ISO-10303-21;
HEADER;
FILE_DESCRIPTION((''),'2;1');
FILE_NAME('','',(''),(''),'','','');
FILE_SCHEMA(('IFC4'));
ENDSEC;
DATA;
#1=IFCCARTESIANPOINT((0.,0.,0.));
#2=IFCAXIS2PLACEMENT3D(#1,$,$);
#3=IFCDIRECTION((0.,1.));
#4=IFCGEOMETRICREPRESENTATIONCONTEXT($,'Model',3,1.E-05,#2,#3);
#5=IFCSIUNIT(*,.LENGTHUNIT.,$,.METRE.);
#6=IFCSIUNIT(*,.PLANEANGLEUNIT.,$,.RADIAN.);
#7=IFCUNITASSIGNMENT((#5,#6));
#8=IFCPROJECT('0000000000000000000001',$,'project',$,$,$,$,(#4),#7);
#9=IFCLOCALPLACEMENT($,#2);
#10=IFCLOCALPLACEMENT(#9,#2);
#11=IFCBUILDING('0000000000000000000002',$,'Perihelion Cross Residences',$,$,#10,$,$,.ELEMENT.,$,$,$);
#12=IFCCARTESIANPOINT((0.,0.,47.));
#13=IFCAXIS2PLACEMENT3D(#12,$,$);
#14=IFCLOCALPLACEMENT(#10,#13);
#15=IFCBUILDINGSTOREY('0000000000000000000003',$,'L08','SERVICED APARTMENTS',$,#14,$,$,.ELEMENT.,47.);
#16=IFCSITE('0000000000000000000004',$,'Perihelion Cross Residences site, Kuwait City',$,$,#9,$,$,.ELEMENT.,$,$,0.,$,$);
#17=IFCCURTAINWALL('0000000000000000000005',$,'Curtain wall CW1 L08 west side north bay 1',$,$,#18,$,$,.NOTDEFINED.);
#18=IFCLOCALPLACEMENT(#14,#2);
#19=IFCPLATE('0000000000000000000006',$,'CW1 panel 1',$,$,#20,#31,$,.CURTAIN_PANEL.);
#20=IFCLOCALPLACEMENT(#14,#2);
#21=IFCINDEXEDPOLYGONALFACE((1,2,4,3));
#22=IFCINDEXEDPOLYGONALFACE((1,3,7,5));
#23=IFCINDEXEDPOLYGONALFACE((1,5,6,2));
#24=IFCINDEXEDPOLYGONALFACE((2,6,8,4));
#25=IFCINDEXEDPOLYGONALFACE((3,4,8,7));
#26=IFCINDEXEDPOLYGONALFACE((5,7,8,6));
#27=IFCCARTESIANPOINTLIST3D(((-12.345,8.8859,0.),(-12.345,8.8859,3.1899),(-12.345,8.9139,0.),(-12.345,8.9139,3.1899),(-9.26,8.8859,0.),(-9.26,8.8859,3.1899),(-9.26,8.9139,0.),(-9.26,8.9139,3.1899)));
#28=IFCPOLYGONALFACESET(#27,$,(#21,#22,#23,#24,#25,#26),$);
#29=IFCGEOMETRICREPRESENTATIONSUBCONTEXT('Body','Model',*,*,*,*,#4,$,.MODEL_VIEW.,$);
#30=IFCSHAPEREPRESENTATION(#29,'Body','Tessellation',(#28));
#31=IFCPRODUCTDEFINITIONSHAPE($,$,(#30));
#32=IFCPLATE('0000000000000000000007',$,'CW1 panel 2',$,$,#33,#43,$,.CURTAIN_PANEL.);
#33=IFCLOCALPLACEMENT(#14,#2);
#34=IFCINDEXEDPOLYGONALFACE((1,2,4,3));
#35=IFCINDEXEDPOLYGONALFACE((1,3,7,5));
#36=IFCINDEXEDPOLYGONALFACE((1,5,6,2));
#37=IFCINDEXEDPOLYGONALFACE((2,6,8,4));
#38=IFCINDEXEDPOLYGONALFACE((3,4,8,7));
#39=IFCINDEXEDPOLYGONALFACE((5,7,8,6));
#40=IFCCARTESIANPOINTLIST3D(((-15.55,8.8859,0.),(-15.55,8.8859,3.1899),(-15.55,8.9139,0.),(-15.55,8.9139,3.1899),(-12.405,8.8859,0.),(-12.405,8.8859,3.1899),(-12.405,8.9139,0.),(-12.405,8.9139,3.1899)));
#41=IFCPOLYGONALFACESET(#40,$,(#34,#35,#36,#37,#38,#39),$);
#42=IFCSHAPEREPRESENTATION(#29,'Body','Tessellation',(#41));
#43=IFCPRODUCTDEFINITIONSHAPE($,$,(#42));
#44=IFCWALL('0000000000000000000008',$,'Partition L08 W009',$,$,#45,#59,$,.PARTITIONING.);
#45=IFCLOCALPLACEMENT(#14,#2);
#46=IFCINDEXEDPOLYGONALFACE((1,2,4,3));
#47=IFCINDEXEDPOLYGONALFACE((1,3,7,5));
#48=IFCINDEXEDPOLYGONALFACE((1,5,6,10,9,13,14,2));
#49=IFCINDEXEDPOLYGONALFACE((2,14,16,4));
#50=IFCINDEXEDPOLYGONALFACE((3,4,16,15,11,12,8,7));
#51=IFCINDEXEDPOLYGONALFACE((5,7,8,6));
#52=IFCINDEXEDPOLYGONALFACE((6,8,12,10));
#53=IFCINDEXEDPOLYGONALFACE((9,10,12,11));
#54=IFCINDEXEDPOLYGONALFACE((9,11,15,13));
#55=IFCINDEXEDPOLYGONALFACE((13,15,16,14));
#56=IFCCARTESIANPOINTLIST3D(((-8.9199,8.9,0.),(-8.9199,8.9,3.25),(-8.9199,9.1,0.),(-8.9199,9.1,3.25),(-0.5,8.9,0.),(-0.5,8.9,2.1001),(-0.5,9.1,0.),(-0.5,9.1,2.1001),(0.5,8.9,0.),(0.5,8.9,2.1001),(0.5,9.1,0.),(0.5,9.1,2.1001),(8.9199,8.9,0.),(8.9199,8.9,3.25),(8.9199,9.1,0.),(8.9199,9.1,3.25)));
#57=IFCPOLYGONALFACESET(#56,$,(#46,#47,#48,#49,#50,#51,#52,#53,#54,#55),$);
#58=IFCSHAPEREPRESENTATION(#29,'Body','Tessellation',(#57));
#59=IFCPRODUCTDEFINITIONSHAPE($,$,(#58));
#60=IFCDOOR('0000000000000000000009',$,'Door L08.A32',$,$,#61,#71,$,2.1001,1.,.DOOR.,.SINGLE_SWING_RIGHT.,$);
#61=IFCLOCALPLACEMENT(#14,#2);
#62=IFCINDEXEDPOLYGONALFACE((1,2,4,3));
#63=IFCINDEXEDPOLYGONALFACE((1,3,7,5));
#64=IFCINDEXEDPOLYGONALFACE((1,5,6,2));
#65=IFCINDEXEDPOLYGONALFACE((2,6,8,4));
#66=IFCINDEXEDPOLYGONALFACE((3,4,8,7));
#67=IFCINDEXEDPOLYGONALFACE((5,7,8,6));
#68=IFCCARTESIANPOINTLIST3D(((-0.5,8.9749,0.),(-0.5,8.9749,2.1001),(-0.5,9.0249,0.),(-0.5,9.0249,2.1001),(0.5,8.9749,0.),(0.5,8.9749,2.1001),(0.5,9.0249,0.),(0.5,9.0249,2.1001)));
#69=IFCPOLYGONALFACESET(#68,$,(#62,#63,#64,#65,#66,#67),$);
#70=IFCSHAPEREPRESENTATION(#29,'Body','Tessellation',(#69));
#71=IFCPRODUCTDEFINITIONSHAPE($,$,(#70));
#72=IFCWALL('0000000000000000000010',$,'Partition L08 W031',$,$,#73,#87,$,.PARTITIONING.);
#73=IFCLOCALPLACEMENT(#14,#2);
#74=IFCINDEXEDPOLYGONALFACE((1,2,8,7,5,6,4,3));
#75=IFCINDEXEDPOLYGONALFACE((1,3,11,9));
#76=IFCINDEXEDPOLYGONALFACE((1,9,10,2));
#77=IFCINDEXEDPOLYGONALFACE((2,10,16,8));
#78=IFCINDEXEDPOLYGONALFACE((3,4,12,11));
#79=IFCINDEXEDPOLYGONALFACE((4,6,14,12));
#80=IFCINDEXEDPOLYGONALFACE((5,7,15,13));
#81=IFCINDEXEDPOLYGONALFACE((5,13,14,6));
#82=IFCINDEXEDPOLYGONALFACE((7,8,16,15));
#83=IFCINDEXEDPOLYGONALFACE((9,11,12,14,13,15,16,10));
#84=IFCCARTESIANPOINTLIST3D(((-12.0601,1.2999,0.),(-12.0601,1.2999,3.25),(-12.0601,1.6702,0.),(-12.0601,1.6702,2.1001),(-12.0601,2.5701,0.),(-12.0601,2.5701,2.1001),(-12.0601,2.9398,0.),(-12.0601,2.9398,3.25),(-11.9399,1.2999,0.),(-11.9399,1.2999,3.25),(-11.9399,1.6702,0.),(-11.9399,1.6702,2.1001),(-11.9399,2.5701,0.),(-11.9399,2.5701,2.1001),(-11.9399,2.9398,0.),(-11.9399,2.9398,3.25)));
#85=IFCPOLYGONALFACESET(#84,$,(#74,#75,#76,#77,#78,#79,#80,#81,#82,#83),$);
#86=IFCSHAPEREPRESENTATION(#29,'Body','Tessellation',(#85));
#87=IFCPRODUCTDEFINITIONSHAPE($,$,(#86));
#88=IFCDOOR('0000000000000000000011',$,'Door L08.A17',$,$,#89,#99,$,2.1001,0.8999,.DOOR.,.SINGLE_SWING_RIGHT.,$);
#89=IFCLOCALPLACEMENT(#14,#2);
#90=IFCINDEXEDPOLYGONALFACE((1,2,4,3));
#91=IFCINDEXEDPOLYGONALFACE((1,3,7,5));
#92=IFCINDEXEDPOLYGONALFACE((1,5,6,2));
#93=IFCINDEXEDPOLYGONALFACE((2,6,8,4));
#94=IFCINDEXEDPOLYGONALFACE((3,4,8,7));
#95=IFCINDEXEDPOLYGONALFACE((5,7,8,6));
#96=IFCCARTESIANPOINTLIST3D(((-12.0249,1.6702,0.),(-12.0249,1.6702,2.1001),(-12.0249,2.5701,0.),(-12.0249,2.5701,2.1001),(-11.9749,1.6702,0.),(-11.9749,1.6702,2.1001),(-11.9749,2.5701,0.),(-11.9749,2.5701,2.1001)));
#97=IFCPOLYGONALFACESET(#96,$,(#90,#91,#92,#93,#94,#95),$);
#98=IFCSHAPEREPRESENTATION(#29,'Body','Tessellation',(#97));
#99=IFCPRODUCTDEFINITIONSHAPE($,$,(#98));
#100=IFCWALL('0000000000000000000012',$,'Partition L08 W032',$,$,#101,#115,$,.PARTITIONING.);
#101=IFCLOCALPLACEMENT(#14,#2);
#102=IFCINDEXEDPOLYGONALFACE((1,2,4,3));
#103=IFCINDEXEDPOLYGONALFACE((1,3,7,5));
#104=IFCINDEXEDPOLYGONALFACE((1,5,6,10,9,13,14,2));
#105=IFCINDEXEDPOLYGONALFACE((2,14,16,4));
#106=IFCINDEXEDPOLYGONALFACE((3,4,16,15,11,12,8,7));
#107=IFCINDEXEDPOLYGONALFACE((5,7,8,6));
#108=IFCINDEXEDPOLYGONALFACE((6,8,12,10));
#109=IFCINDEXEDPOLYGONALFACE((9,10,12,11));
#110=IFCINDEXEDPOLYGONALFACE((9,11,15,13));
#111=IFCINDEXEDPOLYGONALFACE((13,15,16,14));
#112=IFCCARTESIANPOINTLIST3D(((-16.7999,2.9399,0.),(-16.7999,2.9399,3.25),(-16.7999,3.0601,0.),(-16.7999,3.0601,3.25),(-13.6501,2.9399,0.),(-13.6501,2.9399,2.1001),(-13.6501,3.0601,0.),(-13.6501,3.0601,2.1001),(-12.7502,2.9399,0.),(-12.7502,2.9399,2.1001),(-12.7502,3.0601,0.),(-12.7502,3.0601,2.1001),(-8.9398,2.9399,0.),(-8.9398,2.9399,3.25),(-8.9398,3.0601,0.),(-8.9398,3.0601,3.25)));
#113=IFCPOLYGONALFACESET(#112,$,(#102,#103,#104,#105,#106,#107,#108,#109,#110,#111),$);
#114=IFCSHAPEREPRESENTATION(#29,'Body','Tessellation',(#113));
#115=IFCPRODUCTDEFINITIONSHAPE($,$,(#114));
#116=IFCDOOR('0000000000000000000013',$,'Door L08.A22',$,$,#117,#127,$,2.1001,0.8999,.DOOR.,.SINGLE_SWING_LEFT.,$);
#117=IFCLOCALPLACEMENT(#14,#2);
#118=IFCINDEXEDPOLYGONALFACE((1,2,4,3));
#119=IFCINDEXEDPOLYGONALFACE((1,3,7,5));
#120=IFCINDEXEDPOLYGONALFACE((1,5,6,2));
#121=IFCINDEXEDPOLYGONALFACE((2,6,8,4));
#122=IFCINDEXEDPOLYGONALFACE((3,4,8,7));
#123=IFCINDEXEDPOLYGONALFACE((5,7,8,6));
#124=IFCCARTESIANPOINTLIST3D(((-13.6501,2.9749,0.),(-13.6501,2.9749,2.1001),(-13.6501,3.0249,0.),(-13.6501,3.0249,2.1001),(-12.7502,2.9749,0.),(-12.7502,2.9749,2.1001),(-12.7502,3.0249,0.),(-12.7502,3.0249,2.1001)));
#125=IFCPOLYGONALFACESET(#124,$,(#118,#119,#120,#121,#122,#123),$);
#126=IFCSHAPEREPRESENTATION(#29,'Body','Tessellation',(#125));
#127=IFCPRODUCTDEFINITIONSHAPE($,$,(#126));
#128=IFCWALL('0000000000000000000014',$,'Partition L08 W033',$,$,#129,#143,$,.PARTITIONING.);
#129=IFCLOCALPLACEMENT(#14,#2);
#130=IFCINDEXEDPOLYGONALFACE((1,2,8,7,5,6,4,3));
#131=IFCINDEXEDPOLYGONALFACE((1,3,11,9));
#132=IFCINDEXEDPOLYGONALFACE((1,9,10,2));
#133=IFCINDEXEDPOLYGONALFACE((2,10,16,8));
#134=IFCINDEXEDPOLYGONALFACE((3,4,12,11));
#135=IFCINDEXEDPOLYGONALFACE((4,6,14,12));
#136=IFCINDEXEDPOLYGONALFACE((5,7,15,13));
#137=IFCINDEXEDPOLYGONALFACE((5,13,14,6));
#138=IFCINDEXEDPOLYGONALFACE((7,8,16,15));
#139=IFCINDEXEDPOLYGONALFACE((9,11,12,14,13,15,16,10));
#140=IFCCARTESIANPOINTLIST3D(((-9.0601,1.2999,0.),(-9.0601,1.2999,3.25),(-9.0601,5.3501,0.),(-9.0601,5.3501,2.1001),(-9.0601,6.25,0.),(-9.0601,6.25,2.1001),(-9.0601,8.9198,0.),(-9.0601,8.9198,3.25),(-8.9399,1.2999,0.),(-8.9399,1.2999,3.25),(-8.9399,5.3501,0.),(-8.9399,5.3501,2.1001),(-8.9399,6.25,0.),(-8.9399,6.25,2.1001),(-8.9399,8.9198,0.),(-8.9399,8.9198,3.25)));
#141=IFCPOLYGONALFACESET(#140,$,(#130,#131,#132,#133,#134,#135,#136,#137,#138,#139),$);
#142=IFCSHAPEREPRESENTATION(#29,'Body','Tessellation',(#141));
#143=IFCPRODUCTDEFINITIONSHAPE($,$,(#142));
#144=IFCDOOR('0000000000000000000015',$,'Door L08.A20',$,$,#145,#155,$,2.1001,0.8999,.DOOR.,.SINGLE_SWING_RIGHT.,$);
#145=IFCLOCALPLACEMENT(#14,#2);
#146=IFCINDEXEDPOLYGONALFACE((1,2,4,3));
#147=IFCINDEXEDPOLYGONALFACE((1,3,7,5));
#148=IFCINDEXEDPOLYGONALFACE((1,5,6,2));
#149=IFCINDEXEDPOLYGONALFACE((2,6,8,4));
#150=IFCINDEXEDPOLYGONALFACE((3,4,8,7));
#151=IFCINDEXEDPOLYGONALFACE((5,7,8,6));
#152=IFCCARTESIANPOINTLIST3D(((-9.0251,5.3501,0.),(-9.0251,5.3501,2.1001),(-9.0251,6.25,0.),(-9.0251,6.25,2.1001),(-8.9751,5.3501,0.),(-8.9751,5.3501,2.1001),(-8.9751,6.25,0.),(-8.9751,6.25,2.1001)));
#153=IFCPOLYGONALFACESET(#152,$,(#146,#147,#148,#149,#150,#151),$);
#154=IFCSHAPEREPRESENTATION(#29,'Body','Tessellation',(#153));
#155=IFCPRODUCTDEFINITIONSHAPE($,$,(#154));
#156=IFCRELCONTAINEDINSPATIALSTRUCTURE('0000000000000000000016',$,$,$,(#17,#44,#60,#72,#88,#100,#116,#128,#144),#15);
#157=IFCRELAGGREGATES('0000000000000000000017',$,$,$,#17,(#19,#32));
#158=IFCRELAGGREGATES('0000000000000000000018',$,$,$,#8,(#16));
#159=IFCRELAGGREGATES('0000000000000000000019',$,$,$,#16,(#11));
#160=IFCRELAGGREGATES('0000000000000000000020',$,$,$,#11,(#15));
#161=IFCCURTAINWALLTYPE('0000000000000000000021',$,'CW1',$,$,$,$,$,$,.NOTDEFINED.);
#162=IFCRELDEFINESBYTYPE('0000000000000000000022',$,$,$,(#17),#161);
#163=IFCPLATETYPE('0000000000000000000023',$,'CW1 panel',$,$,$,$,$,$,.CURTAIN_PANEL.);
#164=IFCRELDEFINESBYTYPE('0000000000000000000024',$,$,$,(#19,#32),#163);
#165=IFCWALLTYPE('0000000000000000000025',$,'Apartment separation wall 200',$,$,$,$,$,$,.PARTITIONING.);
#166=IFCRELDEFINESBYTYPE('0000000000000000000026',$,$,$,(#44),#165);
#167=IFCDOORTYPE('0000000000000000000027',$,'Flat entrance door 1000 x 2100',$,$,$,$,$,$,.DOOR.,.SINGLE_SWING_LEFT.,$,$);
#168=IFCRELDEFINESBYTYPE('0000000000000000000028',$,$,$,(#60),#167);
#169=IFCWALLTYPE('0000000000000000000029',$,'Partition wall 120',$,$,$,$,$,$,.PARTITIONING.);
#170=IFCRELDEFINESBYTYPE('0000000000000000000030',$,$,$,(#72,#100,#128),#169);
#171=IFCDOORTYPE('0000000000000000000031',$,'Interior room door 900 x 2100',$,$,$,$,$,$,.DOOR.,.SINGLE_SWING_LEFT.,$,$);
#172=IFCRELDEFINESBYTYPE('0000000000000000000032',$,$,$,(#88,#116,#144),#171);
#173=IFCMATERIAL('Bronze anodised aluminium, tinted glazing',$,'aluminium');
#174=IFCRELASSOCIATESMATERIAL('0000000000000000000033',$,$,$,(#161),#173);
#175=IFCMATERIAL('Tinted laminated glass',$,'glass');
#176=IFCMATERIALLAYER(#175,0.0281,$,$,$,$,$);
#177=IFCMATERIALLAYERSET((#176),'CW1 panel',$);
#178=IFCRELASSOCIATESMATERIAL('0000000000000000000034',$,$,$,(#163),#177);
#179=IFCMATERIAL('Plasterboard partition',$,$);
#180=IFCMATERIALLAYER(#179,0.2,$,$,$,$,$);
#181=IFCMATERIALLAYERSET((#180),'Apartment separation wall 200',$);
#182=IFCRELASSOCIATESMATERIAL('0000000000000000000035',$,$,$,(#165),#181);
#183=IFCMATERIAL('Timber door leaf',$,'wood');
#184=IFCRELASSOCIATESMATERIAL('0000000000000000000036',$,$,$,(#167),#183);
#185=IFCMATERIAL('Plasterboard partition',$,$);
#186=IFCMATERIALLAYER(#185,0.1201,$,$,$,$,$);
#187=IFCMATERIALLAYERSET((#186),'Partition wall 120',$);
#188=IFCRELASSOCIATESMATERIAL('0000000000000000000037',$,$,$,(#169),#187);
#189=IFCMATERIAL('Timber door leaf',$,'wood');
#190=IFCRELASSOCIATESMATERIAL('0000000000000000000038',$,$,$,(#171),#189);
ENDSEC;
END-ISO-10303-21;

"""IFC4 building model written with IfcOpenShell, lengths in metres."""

from ifc_helpers import new_model, si_unit, direction, frame, frame_2d, origin, origin_2d, place, context, subcontext, project, spatial, rectangle, extrude, material, layer, layer_set, type_object, element, fill, aggregate, save


model = new_model("IFC4")

# Units and contexts
model_context = context("Model", 3, precision=1e-05, world=origin(), true_north=direction((0.0, 1.0)))
body_context = subcontext(model_context, "Body", "Model", "MODEL_VIEW")
ifc_project = project(units=[si_unit("LENGTHUNIT", "METRE"), si_unit("PLANEANGLEUNIT", "RADIAN")], contexts=[model_context])

# Site, building, storey
site_placement = place(None, origin())
site = spatial("IfcSite", under=ifc_project, at=site_placement, Name="Perihelion Cross Residences site, Kuwait City", CompositionType="ELEMENT", RefElevation=0.0)
building_placement = place(site_placement, origin())
building = spatial("IfcBuilding", under=site, at=building_placement, Name="Perihelion Cross Residences", CompositionType="ELEMENT")
storey_placement = place(building_placement, frame((0.0, 0.0, 47.0)))
storey = spatial("IfcBuildingStorey", under=building, at=storey_placement, Name="L08", Description="SERVICED APARTMENTS", CompositionType="ELEMENT", Elevation=47.0)

# Shared definitions
ifc_material_1 = material(Name="Bronze anodised aluminium, tinted glazing", Category="aluminium")
curtain_wall_type = type_object("IfcCurtainWallType", Name="CW1", PredefinedType="NOTDEFINED", material=ifc_material_1)

# Curtain wall
curtain_wall_1_placement = place(storey_placement, origin())
curtain_wall_1 = element("IfcCurtainWall", 1, at=curtain_wall_1_placement, inside=storey, type_object=curtain_wall_type, Name="Curtain wall CW1 L08 west side north bay 1", PredefinedType="NOTDEFINED")

# Plates
ifc_material_2 = material(Name="Tinted laminated glass", Category="glass")
ifc_layer_1 = layer(ifc_material_2, 0.0281)
ifc_layer_set_1 = layer_set([ifc_layer_1], Name="CW1 panel")
plate_type = type_object("IfcPlateType", Name="CW1 panel", PredefinedType="CURTAIN_PANEL", material=ifc_layer_set_1)
plate_1_placement = place(storey_placement, frame((-10.8025, 8.8999, 0.0), z_axis=(0.0, 0.0, 1.0), x_axis=(-1.0, 0.0, 0.0)))
plate_1 = element("IfcPlate", 2, at=plate_1_placement, type_object=plate_type, Name="CW1 panel 1", PredefinedType="CURTAIN_PANEL", context=body_context, shape_type="SweptSolid", body=[
    extrude(rectangle(XDim=3.085, YDim=0.0281, at=origin_2d()), origin(), (0.0, 0.0, 1.0), 3.1899),
])
plate_2_placement = place(storey_placement, frame((-13.9775, 8.8999, 0.0), z_axis=(0.0, 0.0, 1.0), x_axis=(-1.0, 0.0, 0.0)))
plate_2 = element("IfcPlate", 3, at=plate_2_placement, type_object=plate_type, Name="CW1 panel 2", PredefinedType="CURTAIN_PANEL", context=body_context, shape_type="SweptSolid", body=[
    extrude(rectangle(XDim=3.145, YDim=0.0281, at=origin_2d()), origin(), (0.0, 0.0, 1.0), 3.1899),
])
aggregate(curtain_wall_1, [plate_1, plate_2])

# Walls, openings, doors
ifc_material_3 = material(Name="Plasterboard partition")
ifc_layer_2 = layer(ifc_material_3, 0.2)
ifc_layer_set_2 = layer_set([ifc_layer_2], Name="Apartment separation wall 200")
wall_type_1 = type_object("IfcWallType", Name="Apartment separation wall 200", PredefinedType="PARTITIONING", material=ifc_layer_set_2)
wall_1_placement = place(storey_placement, frame((-8.9199, 9.0, 0.0), z_axis=(0.0, 0.0, 1.0), x_axis=(1.0, 0.0, 0.0)))
wall_1 = element("IfcWall", 4, at=wall_1_placement, inside=storey, type_object=wall_type_1, Name="Partition L08 W009", PredefinedType="PARTITIONING", context=body_context, shape_type="SweptSolid", body=[
    extrude(rectangle(XDim=17.8398, YDim=0.2, at=frame_2d((8.9199, 0.0))), origin(), (0.0, 0.0, 1.0), 3.25),
])
opening_1_placement = place(wall_1_placement, frame((8.4199, 0.0, 0.0)))
opening_1 = element("IfcOpeningElement", 5, at=opening_1_placement, cuts=wall_1, PredefinedType="OPENING", context=body_context, shape_type="SweptSolid", body=[
    extrude(rectangle(XDim=1.0, YDim=2.1001, at=frame_2d((0.5, 1.05))), frame((0.0, 0.1099, 0.0), z_axis=(0.0, -1.0, 0.0), x_axis=(1.0, 0.0, 0.0)), (0.0, 0.0, 1.0), 0.22),
])
ifc_material_4 = material(Name="Timber door leaf", Category="wood")
door_type_1 = type_object("IfcDoorType", Name="Flat entrance door 1000 x 2100", OperationType="SINGLE_SWING_LEFT", PredefinedType="DOOR", material=ifc_material_4)
door_1_placement = place(opening_1_placement, origin())
door_1 = element("IfcDoor", 6, at=door_1_placement, inside=storey, type_object=door_type_1, Name="Door L08.A32", OperationType="SINGLE_SWING_RIGHT", OverallHeight=2.1001, OverallWidth=1.0, PredefinedType="DOOR", context=body_context, shape_type="SweptSolid", body=[
    extrude(rectangle(XDim=1.0, YDim=2.1001, at=frame_2d((0.5, 1.05))), frame((0.0, 0.0249, 0.0), z_axis=(0.0, -1.0, 0.0), x_axis=(1.0, 0.0, 0.0)), (0.0, 0.0, 1.0), 0.05),
])
fill(opening_1, door_1)
ifc_material_5 = material(Name="Plasterboard partition")
ifc_layer_3 = layer(ifc_material_5, 0.1201)
ifc_layer_set_3 = layer_set([ifc_layer_3], Name="Partition wall 120")
wall_type_2 = type_object("IfcWallType", Name="Partition wall 120", PredefinedType="PARTITIONING", material=ifc_layer_set_3)
wall_2_placement = place(storey_placement, frame((-12.0, 1.3, 0.0), z_axis=(0.0, 0.0, 1.0), x_axis=(0.0, 1.0, 0.0)))
wall_2 = element("IfcWall", 7, at=wall_2_placement, inside=storey, type_object=wall_type_2, Name="Partition L08 W031", PredefinedType="PARTITIONING", context=body_context, shape_type="SweptSolid", body=[
    extrude(rectangle(XDim=1.6399, YDim=0.1201, at=frame_2d((0.8198, 0.0))), origin(), (0.0, 0.0, 1.0), 3.25),
])
opening_2_placement = place(wall_2_placement, frame((0.3701, 0.0, 0.0)))
opening_2 = element("IfcOpeningElement", 8, at=opening_2_placement, cuts=wall_2, PredefinedType="OPENING", context=body_context, shape_type="SweptSolid", body=[
    extrude(rectangle(XDim=0.8999, YDim=2.1001, at=frame_2d((0.45, 1.05))), frame((0.0, 0.0701, 0.0), z_axis=(0.0, -1.0, 0.0), x_axis=(1.0, 0.0, 0.0)), (0.0, 0.0, 1.0), 0.1401),
])
ifc_material_6 = material(Name="Timber door leaf", Category="wood")
door_type_2 = type_object("IfcDoorType", Name="Interior room door 900 x 2100", OperationType="SINGLE_SWING_LEFT", PredefinedType="DOOR", material=ifc_material_6)
door_2_placement = place(opening_2_placement, origin())
door_2 = element("IfcDoor", 9, at=door_2_placement, inside=storey, type_object=door_type_2, Name="Door L08.A17", OperationType="SINGLE_SWING_RIGHT", OverallHeight=2.1001, OverallWidth=0.8999, PredefinedType="DOOR", context=body_context, shape_type="SweptSolid", body=[
    extrude(rectangle(XDim=0.8999, YDim=2.1001, at=frame_2d((0.45, 1.05))), frame((0.0, 0.0249, 0.0), z_axis=(0.0, -1.0, 0.0), x_axis=(1.0, 0.0, 0.0)), (0.0, 0.0, 1.0), 0.05),
])
fill(opening_2, door_2)
wall_3_placement = place(storey_placement, frame((-16.8, 3.0, 0.0), z_axis=(0.0, 0.0, 1.0), x_axis=(1.0, 0.0, 0.0)))
wall_3 = element("IfcWall", 10, at=wall_3_placement, inside=storey, type_object=wall_type_2, Name="Partition L08 W032", PredefinedType="PARTITIONING", context=body_context, shape_type="SweptSolid", body=[
    extrude(rectangle(XDim=7.8601, YDim=0.1201, at=frame_2d((3.9302, 0.0))), origin(), (0.0, 0.0, 1.0), 3.25),
])
opening_3_placement = place(wall_3_placement, frame((3.1499, 0.0, 0.0)))
opening_3 = element("IfcOpeningElement", 11, at=opening_3_placement, cuts=wall_3, PredefinedType="OPENING", context=body_context, shape_type="SweptSolid", body=[
    extrude(rectangle(XDim=0.8999, YDim=2.1001, at=frame_2d((0.45, 1.05))), frame((0.0, 0.0701, 0.0), z_axis=(0.0, -1.0, 0.0), x_axis=(1.0, 0.0, 0.0)), (0.0, 0.0, 1.0), 0.1401),
])
door_3_placement = place(opening_3_placement, origin())
door_3 = element("IfcDoor", 12, at=door_3_placement, inside=storey, type_object=door_type_2, Name="Door L08.A22", OperationType="SINGLE_SWING_LEFT", OverallHeight=2.1001, OverallWidth=0.8999, PredefinedType="DOOR", context=body_context, shape_type="SweptSolid", body=[
    extrude(rectangle(XDim=0.8999, YDim=2.1001, at=frame_2d((0.45, 1.05))), frame((0.0, 0.0249, 0.0), z_axis=(0.0, -1.0, 0.0), x_axis=(1.0, 0.0, 0.0)), (0.0, 0.0, 1.0), 0.05),
])
fill(opening_3, door_3)
wall_4_placement = place(storey_placement, frame((-9.0, 8.9199, 0.0), z_axis=(0.0, 0.0, 1.0), x_axis=(0.0, -1.0, 0.0)))
wall_4 = element("IfcWall", 13, at=wall_4_placement, inside=storey, type_object=wall_type_2, Name="Partition L08 W033", PredefinedType="PARTITIONING", context=body_context, shape_type="SweptSolid", body=[
    extrude(rectangle(XDim=7.6199, YDim=0.1201, at=frame_2d((3.8101, 0.0))), origin(), (0.0, 0.0, 1.0), 3.25),
])
opening_4_placement = place(wall_4_placement, frame((2.6699, 0.0, 0.0)))
opening_4 = element("IfcOpeningElement", 14, at=opening_4_placement, cuts=wall_4, PredefinedType="OPENING", context=body_context, shape_type="SweptSolid", body=[
    extrude(rectangle(XDim=0.8999, YDim=2.1001, at=frame_2d((0.45, 1.05))), frame((0.0, 0.0701, 0.0), z_axis=(0.0, -1.0, 0.0), x_axis=(1.0, 0.0, 0.0)), (0.0, 0.0, 1.0), 0.1401),
])
door_4_placement = place(opening_4_placement, origin())
door_4 = element("IfcDoor", 15, at=door_4_placement, inside=storey, type_object=door_type_2, Name="Door L08.A20", OperationType="SINGLE_SWING_RIGHT", OverallHeight=2.1001, OverallWidth=0.8999, PredefinedType="DOOR", context=body_context, shape_type="SweptSolid", body=[
    extrude(rectangle(XDim=0.8999, YDim=2.1001, at=frame_2d((0.45, 1.05))), frame((0.0, 0.0249, 0.0), z_axis=(0.0, -1.0, 0.0), x_axis=(1.0, 0.0, 0.0)), (0.0, 0.0, 1.0), 0.05),
])
fill(opening_4, door_4)

save(model, "model.ifc")
